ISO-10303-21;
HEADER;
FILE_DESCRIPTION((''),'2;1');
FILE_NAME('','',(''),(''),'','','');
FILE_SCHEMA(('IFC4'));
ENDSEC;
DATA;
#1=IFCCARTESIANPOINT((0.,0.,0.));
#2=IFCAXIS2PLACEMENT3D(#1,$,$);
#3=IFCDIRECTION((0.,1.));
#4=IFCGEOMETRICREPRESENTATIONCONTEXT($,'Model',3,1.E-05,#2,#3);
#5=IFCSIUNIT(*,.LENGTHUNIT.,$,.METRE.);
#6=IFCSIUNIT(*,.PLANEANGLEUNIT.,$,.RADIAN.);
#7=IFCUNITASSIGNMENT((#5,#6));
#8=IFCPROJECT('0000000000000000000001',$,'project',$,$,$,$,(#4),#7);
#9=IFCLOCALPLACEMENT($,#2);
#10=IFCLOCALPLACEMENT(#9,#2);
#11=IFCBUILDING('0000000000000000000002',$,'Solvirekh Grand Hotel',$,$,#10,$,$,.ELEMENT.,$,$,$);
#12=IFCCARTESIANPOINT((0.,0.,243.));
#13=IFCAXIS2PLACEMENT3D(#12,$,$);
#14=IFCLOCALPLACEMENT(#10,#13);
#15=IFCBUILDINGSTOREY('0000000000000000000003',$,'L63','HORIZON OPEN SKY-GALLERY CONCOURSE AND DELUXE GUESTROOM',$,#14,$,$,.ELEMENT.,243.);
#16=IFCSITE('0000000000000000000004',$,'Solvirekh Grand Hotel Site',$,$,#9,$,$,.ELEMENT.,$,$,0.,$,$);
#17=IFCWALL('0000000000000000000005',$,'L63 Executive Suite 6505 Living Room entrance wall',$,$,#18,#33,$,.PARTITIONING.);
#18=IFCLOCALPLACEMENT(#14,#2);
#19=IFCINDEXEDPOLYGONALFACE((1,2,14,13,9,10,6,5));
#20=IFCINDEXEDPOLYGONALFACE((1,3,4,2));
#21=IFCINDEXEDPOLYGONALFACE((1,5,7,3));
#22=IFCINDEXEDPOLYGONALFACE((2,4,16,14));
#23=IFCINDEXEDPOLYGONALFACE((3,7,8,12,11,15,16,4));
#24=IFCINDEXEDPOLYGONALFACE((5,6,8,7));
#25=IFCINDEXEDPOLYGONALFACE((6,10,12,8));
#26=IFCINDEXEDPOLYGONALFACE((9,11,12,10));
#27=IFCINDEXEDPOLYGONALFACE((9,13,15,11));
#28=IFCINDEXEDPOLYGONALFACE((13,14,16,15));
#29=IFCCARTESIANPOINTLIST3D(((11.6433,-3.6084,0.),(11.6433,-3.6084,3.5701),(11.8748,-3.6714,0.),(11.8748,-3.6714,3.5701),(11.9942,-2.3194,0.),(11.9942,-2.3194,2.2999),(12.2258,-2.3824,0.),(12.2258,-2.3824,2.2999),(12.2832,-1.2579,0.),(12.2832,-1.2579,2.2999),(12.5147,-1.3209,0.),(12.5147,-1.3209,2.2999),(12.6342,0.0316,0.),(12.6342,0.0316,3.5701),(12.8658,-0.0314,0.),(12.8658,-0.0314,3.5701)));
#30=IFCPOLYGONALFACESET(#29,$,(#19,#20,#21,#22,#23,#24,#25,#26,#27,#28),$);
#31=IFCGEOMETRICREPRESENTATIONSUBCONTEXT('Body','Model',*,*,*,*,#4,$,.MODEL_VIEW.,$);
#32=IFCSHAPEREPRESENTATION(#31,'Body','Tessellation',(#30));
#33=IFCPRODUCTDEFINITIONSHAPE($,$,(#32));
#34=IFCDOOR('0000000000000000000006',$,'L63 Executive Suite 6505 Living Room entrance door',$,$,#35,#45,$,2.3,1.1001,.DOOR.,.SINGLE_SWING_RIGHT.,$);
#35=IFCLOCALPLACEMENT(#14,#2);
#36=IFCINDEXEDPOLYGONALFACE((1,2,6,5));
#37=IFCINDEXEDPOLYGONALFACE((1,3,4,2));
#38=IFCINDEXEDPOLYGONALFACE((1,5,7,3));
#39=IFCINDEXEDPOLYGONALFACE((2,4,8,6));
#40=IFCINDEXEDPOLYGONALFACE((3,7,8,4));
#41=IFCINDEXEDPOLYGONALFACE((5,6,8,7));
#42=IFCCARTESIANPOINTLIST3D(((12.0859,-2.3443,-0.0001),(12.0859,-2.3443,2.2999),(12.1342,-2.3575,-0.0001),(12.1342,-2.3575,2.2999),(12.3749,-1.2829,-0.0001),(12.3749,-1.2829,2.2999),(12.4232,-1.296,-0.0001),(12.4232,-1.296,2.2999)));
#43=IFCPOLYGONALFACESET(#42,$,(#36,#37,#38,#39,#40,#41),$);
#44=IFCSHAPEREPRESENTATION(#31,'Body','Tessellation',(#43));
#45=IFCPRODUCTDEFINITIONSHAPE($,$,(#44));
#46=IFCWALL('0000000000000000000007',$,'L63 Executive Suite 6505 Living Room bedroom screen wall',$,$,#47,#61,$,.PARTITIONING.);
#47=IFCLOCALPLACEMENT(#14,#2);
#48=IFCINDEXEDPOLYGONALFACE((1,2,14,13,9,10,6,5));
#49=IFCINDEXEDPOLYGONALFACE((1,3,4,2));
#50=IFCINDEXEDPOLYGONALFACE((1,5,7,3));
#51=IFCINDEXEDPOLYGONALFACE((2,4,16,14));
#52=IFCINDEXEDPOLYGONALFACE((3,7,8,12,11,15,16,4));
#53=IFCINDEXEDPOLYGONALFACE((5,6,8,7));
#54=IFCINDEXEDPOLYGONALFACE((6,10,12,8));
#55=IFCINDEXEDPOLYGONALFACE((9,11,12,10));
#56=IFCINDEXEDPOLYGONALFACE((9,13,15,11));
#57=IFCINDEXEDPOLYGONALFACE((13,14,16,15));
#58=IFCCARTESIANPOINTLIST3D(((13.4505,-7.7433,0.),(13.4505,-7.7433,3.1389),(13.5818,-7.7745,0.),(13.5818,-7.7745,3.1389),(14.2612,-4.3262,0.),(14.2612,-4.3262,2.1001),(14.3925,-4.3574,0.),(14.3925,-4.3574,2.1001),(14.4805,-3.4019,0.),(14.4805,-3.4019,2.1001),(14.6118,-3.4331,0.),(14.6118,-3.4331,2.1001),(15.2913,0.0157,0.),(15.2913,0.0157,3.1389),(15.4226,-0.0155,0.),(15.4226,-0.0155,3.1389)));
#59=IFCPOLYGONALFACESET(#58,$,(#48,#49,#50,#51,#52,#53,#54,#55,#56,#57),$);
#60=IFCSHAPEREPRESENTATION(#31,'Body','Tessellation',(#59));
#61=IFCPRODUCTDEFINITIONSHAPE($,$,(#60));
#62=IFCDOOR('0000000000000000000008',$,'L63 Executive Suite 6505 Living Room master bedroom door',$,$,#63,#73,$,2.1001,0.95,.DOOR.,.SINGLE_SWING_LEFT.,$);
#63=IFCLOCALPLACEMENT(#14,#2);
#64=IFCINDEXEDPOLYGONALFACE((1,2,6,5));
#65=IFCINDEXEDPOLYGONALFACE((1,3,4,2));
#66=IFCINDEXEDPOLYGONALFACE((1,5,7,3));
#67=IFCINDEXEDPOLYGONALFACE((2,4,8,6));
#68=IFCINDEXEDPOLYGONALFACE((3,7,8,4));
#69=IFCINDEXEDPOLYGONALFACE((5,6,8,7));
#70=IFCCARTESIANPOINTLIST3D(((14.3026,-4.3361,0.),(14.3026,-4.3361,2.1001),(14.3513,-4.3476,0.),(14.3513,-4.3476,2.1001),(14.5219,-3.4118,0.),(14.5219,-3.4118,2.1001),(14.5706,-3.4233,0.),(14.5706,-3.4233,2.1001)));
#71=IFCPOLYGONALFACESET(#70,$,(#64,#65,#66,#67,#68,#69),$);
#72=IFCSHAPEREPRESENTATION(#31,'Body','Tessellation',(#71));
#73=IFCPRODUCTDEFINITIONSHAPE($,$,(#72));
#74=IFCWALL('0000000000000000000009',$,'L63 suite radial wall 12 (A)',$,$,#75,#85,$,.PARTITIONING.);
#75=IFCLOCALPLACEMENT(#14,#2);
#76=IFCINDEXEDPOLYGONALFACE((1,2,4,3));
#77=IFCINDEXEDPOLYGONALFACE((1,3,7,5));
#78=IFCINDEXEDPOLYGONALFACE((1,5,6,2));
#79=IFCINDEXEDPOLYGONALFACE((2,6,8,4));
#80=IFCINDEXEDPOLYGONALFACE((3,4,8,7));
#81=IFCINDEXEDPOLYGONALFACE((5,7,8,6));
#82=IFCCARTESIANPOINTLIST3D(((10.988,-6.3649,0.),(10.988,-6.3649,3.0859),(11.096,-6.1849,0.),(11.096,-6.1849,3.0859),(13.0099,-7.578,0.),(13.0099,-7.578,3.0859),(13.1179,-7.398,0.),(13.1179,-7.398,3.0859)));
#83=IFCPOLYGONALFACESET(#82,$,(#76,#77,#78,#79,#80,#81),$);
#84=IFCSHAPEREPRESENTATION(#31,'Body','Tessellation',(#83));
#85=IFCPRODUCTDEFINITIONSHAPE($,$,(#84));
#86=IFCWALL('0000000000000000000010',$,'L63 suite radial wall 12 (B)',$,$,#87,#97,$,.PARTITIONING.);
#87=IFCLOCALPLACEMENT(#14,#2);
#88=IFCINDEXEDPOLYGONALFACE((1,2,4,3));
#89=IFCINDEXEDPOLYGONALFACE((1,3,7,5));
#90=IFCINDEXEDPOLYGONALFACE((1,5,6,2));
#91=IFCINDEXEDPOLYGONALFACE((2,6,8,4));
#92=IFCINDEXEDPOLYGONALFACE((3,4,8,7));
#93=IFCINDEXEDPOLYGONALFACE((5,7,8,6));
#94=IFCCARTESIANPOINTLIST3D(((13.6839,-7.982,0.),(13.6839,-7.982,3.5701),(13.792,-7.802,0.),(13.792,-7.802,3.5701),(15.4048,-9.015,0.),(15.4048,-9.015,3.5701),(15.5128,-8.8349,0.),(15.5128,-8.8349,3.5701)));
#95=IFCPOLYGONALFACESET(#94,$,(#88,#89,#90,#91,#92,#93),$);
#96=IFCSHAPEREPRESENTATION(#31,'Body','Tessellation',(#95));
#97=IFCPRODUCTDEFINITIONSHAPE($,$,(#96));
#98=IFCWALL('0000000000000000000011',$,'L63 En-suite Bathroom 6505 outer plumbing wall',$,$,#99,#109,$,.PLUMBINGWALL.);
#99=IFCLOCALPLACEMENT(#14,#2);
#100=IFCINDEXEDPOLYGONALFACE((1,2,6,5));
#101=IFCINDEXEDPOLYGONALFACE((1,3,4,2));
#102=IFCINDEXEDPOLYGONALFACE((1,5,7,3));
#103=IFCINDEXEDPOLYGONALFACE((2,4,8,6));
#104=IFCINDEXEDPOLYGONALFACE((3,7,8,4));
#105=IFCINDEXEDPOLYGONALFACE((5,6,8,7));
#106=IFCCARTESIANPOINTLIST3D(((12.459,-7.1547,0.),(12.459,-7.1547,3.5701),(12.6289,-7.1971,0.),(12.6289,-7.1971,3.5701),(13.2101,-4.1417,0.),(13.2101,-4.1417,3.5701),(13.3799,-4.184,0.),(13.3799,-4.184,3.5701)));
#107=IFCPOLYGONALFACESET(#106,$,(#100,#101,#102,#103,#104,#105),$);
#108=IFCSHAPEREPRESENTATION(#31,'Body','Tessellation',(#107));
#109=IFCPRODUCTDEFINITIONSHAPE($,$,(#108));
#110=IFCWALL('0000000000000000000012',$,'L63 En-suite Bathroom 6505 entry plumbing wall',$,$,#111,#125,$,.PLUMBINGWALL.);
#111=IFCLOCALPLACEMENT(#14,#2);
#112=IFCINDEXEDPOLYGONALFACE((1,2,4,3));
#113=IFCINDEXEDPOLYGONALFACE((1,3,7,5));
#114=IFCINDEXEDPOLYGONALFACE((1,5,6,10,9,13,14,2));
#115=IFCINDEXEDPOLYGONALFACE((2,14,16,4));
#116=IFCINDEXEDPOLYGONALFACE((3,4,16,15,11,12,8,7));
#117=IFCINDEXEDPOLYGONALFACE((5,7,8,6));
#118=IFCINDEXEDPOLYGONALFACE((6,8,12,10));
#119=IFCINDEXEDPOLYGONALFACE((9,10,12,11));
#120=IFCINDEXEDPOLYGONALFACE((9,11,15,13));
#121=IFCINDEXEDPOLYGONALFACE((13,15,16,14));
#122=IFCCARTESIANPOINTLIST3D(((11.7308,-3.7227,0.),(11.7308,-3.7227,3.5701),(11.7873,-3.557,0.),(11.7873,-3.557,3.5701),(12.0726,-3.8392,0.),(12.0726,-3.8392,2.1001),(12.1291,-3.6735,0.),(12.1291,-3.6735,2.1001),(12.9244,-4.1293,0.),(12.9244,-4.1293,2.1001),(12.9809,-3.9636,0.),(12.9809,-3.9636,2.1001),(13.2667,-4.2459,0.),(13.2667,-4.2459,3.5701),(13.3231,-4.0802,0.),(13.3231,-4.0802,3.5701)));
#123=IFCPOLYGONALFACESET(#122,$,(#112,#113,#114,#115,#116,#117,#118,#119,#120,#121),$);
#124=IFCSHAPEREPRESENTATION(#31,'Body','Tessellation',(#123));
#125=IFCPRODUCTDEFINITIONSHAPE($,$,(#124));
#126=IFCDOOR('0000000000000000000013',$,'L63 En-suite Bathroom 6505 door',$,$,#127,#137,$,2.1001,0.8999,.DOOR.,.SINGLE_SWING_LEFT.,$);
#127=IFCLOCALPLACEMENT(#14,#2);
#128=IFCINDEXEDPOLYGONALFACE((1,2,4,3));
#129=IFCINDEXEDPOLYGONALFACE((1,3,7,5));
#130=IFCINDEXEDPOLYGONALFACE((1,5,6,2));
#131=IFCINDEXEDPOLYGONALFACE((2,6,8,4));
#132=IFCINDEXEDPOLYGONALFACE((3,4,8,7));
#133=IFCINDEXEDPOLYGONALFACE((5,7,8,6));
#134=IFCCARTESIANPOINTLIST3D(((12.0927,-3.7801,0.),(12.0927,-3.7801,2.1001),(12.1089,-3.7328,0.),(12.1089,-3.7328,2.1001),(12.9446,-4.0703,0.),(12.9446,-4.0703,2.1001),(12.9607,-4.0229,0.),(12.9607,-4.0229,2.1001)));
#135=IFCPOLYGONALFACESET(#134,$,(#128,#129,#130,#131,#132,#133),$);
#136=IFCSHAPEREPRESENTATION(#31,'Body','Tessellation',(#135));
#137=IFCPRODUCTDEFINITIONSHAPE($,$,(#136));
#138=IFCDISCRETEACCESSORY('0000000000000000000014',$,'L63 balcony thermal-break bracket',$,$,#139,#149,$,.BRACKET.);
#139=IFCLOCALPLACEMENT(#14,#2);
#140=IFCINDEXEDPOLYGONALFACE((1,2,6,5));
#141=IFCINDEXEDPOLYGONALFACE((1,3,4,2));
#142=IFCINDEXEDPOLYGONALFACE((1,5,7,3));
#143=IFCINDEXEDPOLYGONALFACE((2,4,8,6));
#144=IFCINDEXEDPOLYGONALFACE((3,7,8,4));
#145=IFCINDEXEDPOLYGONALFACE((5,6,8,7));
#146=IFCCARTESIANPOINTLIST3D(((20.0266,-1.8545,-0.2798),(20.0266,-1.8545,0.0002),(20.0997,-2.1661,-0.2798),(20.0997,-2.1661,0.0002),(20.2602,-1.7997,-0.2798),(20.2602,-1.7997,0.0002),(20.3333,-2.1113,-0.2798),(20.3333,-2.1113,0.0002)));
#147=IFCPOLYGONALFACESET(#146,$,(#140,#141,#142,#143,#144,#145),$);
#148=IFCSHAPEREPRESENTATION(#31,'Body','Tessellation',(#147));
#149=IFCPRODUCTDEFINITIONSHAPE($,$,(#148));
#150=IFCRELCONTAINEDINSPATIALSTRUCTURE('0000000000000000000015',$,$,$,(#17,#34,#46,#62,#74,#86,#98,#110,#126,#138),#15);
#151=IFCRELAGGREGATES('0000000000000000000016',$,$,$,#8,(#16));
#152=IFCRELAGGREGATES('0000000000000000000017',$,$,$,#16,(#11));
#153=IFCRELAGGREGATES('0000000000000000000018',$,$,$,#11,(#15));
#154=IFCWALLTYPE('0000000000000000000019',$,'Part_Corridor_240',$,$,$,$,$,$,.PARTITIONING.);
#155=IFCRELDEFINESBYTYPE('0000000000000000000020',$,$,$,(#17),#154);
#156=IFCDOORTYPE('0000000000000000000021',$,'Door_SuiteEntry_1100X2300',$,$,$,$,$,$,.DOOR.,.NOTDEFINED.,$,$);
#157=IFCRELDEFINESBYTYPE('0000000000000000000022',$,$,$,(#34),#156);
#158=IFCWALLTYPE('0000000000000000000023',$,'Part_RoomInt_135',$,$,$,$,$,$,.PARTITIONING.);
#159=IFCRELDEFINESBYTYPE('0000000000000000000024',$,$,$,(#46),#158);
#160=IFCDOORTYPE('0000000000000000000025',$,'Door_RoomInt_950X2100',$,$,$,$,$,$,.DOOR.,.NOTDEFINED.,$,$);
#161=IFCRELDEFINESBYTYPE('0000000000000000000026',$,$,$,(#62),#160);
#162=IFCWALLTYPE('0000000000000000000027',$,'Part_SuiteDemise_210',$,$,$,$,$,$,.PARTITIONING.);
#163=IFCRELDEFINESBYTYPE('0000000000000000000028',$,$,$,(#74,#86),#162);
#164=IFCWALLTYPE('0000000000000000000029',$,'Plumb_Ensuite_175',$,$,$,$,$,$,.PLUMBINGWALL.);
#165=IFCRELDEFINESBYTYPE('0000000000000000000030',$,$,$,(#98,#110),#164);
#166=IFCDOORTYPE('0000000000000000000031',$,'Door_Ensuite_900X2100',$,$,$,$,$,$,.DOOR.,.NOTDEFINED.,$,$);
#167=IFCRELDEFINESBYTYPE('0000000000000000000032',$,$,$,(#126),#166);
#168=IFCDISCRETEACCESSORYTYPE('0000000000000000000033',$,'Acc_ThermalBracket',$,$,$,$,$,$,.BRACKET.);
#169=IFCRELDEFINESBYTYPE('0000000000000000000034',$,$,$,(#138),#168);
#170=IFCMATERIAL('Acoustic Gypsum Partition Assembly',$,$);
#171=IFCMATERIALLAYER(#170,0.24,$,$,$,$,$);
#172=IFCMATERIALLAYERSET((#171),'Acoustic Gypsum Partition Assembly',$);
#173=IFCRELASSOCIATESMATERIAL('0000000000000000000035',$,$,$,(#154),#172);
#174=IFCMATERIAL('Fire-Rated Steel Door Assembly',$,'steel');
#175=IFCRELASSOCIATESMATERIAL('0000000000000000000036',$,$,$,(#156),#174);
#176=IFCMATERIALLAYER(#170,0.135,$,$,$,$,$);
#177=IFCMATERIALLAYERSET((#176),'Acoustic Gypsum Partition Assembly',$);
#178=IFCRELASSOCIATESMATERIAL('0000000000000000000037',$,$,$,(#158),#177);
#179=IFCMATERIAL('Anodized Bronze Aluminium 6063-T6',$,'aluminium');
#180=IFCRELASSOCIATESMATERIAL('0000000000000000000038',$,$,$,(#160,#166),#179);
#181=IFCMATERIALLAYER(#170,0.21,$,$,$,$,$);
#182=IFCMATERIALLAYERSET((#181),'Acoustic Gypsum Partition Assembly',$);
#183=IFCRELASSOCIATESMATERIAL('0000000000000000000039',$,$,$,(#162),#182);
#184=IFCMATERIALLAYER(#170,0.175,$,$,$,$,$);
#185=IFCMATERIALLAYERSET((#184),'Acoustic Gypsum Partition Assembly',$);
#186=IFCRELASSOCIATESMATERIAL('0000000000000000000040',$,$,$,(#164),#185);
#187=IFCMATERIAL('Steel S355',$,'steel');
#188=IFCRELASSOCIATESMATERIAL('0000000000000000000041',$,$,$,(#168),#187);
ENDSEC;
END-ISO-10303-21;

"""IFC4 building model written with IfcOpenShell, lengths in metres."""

from ifc_helpers import new_model, si_unit, direction, frame, frame_2d, origin, origin_2d, place, context, subcontext, project, spatial, rectangle, extrude, material, layer, layer_set, type_object, element, fill, save


model = new_model("IFC4")

# Units and contexts
model_context = context("Model", 3, precision=1e-05, world=origin(), true_north=direction((0.0, 1.0)))
body_context = subcontext(model_context, "Body", "Model", "MODEL_VIEW")
ifc_project = project(units=[si_unit("LENGTHUNIT", "METRE"), si_unit("PLANEANGLEUNIT", "RADIAN")], contexts=[model_context])

# Site, building, storey
site_placement = place(None, origin())
site = spatial("IfcSite", under=ifc_project, at=site_placement, Name="Solvirekh Grand Hotel Site", CompositionType="ELEMENT", RefElevation=0.0)
building_placement = place(site_placement, origin())
building = spatial("IfcBuilding", under=site, at=building_placement, Name="Solvirekh Grand Hotel", CompositionType="ELEMENT")
storey_placement = place(building_placement, frame((0.0, 0.0, 243.0)))
storey = spatial("IfcBuildingStorey", under=building, at=storey_placement, Name="L63", Description="HORIZON OPEN SKY-GALLERY CONCOURSE AND DELUXE GUESTROOM", CompositionType="ELEMENT", Elevation=243.0)

# Shared definitions
ifc_material_1 = material(Name="Steel S355", Category="steel")

# Shared definitions
ifc_material_2 = material(Name="Anodized Bronze Aluminium 6063-T6", Category="aluminium")

# Shared definitions
ifc_material_3 = material(Name="Acoustic Gypsum Partition Assembly")
ifc_layer_1 = layer(ifc_material_3, 0.24)
ifc_layer_set_1 = layer_set([ifc_layer_1], Name="Acoustic Gypsum Partition Assembly")
wall_type_1 = type_object("IfcWallType", Name="Part_Corridor_240", PredefinedType="PARTITIONING", material=ifc_layer_set_1)
ifc_material_4 = material(Name="Fire-Rated Steel Door Assembly", Category="steel")

# Walls, openings, doors
wall_1_placement = place(storey_placement, frame((11.759, -3.6399, 0.0), z_axis=(0.0, 0.0, 1.0), x_axis=(0.26269, 0.96488, 0.0)))
wall_1 = element("IfcWall", 1, at=wall_1_placement, inside=storey, type_object=wall_type_1, Name="L63 Executive Suite 6505 Living Room entrance wall", PredefinedType="PARTITIONING", context=body_context, shape_type="SweptSolid", body=[
    extrude(rectangle(XDim=3.7725, YDim=0.24, at=frame_2d((1.8862, 0.0))), origin(), (0.0, 0.0, 1.0), 3.5701),
])
opening_1_placement = place(wall_1_placement, frame((1.3359, 0.0, 0.0)))
opening_1 = element("IfcOpeningElement", 2, at=opening_1_placement, cuts=wall_1, PredefinedType="OPENING", context=body_context, shape_type="SweptSolid", body=[
    extrude(rectangle(XDim=1.1001, YDim=2.3, at=frame_2d((0.55, 1.1499))), frame((0.0, 0.1299, 0.0), z_axis=(0.0, -1.0, 0.0), x_axis=(1.0, 0.0, 0.0)), (0.0, 0.0, 1.0), 0.26),
])
door_type_1 = type_object("IfcDoorType", Name="Door_SuiteEntry_1100X2300", OperationType="NOTDEFINED", PredefinedType="DOOR", material=ifc_material_4)
door_1_placement = place(opening_1_placement, origin())
door_1 = element("IfcDoor", 3, at=door_1_placement, inside=storey, type_object=door_type_1, Name="L63 Executive Suite 6505 Living Room entrance door", OperationType="SINGLE_SWING_RIGHT", OverallHeight=2.3, OverallWidth=1.1001, PredefinedType="DOOR", context=body_context, shape_type="SweptSolid", body=[
    extrude(rectangle(XDim=1.1001, YDim=2.3, at=frame_2d((0.55, 1.1499))), frame((0.0, 0.0249, 0.0), z_axis=(0.0, -1.0, 0.0), x_axis=(1.0, 0.0, 0.0)), (0.0, 0.0, 1.0), 0.05),
])
fill(opening_1, door_1)
ifc_layer_2 = layer(ifc_material_3, 0.135)
ifc_layer_set_2 = layer_set([ifc_layer_2], Name="Acoustic Gypsum Partition Assembly")
wall_type_2 = type_object("IfcWallType", Name="Part_RoomInt_135", PredefinedType="PARTITIONING", material=ifc_layer_set_2)
wall_2_placement = place(storey_placement, frame((13.5161, -7.759, 0.0), z_axis=(0.0, 0.0, 1.0), x_axis=(0.230841, 0.972992, 0.0)))
wall_2 = element("IfcWall", 4, at=wall_2_placement, inside=storey, type_object=wall_type_2, Name="L63 Executive Suite 6505 Living Room bedroom screen wall", PredefinedType="PARTITIONING", context=body_context, shape_type="SweptSolid", body=[
    extrude(rectangle(XDim=7.9744, YDim=0.135, at=frame_2d((3.9873, 0.0))), origin(), (0.0, 0.0, 1.0), 3.1389),
])
opening_2_placement = place(wall_2_placement, frame((3.512, 0.0, 0.0)))
opening_2 = element("IfcOpeningElement", 5, at=opening_2_placement, cuts=wall_2, PredefinedType="OPENING", context=body_context, shape_type="SweptSolid", body=[
    extrude(rectangle(XDim=0.95, YDim=2.1001, at=frame_2d((0.4751, 1.05))), frame((0.0, 0.0776, 0.0), z_axis=(0.0, -1.0, 0.0), x_axis=(1.0, 0.0, 0.0)), (0.0, 0.0, 1.0), 0.155),
])
door_type_2 = type_object("IfcDoorType", Name="Door_RoomInt_950X2100", OperationType="NOTDEFINED", PredefinedType="DOOR", material=ifc_material_2)
door_2_placement = place(opening_2_placement, origin())
door_2 = element("IfcDoor", 6, at=door_2_placement, inside=storey, type_object=door_type_2, Name="L63 Executive Suite 6505 Living Room master bedroom door", OperationType="SINGLE_SWING_LEFT", OverallHeight=2.1001, OverallWidth=0.95, PredefinedType="DOOR", context=body_context, shape_type="SweptSolid", body=[
    extrude(rectangle(XDim=0.95, YDim=2.1001, at=frame_2d((0.4751, 1.05))), frame((0.0, 0.0249, 0.0), z_axis=(0.0, -1.0, 0.0), x_axis=(1.0, 0.0, 0.0)), (0.0, 0.0, 1.0), 0.05),
])
fill(opening_2, door_2)

# Walls
ifc_layer_3 = layer(ifc_material_3, 0.21)
ifc_layer_set_3 = layer_set([ifc_layer_3], Name="Acoustic Gypsum Partition Assembly")
wall_type_3 = type_object("IfcWallType", Name="Part_SuiteDemise_210", PredefinedType="PARTITIONING", material=ifc_layer_set_3)
wall_3_placement = place(storey_placement, frame((11.042, -6.2749, 0.0), z_axis=(0.0, 0.0, 1.0), x_axis=(0.857502, -0.514481, 0.0)))
element("IfcWall", 7, at=wall_3_placement, inside=storey, type_object=wall_type_3, Name="L63 suite radial wall 12 (A)", PredefinedType="PARTITIONING", context=body_context, shape_type="SweptSolid", body=[
    extrude(rectangle(XDim=2.3579, YDim=0.21, at=frame_2d((1.179, 0.0))), origin(), (0.0, 0.0, 1.0), 3.0859),
])
wall_4_placement = place(storey_placement, frame((13.738, -7.8921, 0.0), z_axis=(0.0, 0.0, 1.0), x_axis=(0.857407, -0.514639, 0.0)))
element("IfcWall", 8, at=wall_4_placement, inside=storey, type_object=wall_type_3, Name="L63 suite radial wall 12 (B)", PredefinedType="PARTITIONING", context=body_context, shape_type="SweptSolid", body=[
    extrude(rectangle(XDim=2.0071, YDim=0.21, at=frame_2d((1.0034, 0.0))), origin(), (0.0, 0.0, 1.0), 3.5701),
])
ifc_layer_4 = layer(ifc_material_3, 0.175)
ifc_layer_set_4 = layer_set([ifc_layer_4], Name="Acoustic Gypsum Partition Assembly")
wall_type_4 = type_object("IfcWallType", Name="Plumb_Ensuite_175", PredefinedType="PLUMBINGWALL", material=ifc_layer_set_4)
wall_5_placement = place(storey_placement, frame((12.5439, -7.176, 0.0), z_axis=(0.0, 0.0, 1.0), x_axis=(0.241851, 0.970313, 0.0)))
element("IfcWall", 9, at=wall_5_placement, inside=storey, type_object=wall_type_4, Name="L63 En-suite Bathroom 6505 outer plumbing wall", PredefinedType="PLUMBINGWALL", context=body_context, shape_type="SweptSolid", body=[
    extrude(rectangle(XDim=3.1052, YDim=0.175, at=frame_2d((1.5527, 0.0))), origin(), (0.0, 0.0, 1.0), 3.5701),
])

# Wall, opening, door
wall_6_placement = place(storey_placement, frame((11.759, -3.6399, 0.0), z_axis=(0.0, 0.0, 1.0), x_axis=(0.946586, -0.32245, 0.0)))
wall_6 = element("IfcWall", 10, at=wall_6_placement, inside=storey, type_object=wall_type_4, Name="L63 En-suite Bathroom 6505 entry plumbing wall", PredefinedType="PLUMBINGWALL", context=body_context, shape_type="SweptSolid", body=[
    extrude(rectangle(XDim=1.6226, YDim=0.175, at=frame_2d((0.8113, 0.0))), origin(), (0.0, 0.0, 1.0), 3.5701),
])
opening_3_placement = place(wall_6_placement, frame((0.3611, 0.0, 0.0)))
opening_3 = element("IfcOpeningElement", 11, at=opening_3_placement, cuts=wall_6, PredefinedType="OPENING", context=body_context, shape_type="SweptSolid", body=[
    extrude(rectangle(XDim=0.8999, YDim=2.1001, at=frame_2d((0.45, 1.05))), frame((0.0, 0.0977, 0.0), z_axis=(0.0, -1.0, 0.0), x_axis=(1.0, 0.0, 0.0)), (0.0, 0.0, 1.0), 0.1951),
])
door_type_3 = type_object("IfcDoorType", Name="Door_Ensuite_900X2100", OperationType="NOTDEFINED", PredefinedType="DOOR", material=ifc_material_2)
door_3_placement = place(opening_3_placement, origin())
door_3 = element("IfcDoor", 12, at=door_3_placement, inside=storey, type_object=door_type_3, Name="L63 En-suite Bathroom 6505 door", OperationType="SINGLE_SWING_LEFT", OverallHeight=2.1001, OverallWidth=0.8999, PredefinedType="DOOR", context=body_context, shape_type="SweptSolid", body=[
    extrude(rectangle(XDim=0.8999, YDim=2.1001, at=frame_2d((0.45, 1.05))), frame((0.0, 0.0249, 0.0), z_axis=(0.0, -1.0, 0.0), x_axis=(1.0, 0.0, 0.0)), (0.0, 0.0, 1.0), 0.05),
])
fill(opening_3, door_3)

# Discrete accessory
discrete_accessory_type = type_object("IfcDiscreteAccessoryType", Name="Acc_ThermalBracket", PredefinedType="BRACKET", material=ifc_material_1)
discrete_accessory_placement = place(storey_placement, frame((20.1799, -1.9829, -0.2798), z_axis=(0.0, 0.0, 1.0), x_axis=(0.228351, -0.973579, 0.0)))
element("IfcDiscreteAccessory", 13, at=discrete_accessory_placement, inside=storey, type_object=discrete_accessory_type, Name="L63 balcony thermal-break bracket", PredefinedType="BRACKET", context=body_context, shape_type="SweptSolid", body=[
    extrude(rectangle(XDim=0.3201, YDim=0.24, at=origin_2d()), origin(), (0.0, 0.0, 1.0), 0.28),
])

save(model, "model.ifc")
